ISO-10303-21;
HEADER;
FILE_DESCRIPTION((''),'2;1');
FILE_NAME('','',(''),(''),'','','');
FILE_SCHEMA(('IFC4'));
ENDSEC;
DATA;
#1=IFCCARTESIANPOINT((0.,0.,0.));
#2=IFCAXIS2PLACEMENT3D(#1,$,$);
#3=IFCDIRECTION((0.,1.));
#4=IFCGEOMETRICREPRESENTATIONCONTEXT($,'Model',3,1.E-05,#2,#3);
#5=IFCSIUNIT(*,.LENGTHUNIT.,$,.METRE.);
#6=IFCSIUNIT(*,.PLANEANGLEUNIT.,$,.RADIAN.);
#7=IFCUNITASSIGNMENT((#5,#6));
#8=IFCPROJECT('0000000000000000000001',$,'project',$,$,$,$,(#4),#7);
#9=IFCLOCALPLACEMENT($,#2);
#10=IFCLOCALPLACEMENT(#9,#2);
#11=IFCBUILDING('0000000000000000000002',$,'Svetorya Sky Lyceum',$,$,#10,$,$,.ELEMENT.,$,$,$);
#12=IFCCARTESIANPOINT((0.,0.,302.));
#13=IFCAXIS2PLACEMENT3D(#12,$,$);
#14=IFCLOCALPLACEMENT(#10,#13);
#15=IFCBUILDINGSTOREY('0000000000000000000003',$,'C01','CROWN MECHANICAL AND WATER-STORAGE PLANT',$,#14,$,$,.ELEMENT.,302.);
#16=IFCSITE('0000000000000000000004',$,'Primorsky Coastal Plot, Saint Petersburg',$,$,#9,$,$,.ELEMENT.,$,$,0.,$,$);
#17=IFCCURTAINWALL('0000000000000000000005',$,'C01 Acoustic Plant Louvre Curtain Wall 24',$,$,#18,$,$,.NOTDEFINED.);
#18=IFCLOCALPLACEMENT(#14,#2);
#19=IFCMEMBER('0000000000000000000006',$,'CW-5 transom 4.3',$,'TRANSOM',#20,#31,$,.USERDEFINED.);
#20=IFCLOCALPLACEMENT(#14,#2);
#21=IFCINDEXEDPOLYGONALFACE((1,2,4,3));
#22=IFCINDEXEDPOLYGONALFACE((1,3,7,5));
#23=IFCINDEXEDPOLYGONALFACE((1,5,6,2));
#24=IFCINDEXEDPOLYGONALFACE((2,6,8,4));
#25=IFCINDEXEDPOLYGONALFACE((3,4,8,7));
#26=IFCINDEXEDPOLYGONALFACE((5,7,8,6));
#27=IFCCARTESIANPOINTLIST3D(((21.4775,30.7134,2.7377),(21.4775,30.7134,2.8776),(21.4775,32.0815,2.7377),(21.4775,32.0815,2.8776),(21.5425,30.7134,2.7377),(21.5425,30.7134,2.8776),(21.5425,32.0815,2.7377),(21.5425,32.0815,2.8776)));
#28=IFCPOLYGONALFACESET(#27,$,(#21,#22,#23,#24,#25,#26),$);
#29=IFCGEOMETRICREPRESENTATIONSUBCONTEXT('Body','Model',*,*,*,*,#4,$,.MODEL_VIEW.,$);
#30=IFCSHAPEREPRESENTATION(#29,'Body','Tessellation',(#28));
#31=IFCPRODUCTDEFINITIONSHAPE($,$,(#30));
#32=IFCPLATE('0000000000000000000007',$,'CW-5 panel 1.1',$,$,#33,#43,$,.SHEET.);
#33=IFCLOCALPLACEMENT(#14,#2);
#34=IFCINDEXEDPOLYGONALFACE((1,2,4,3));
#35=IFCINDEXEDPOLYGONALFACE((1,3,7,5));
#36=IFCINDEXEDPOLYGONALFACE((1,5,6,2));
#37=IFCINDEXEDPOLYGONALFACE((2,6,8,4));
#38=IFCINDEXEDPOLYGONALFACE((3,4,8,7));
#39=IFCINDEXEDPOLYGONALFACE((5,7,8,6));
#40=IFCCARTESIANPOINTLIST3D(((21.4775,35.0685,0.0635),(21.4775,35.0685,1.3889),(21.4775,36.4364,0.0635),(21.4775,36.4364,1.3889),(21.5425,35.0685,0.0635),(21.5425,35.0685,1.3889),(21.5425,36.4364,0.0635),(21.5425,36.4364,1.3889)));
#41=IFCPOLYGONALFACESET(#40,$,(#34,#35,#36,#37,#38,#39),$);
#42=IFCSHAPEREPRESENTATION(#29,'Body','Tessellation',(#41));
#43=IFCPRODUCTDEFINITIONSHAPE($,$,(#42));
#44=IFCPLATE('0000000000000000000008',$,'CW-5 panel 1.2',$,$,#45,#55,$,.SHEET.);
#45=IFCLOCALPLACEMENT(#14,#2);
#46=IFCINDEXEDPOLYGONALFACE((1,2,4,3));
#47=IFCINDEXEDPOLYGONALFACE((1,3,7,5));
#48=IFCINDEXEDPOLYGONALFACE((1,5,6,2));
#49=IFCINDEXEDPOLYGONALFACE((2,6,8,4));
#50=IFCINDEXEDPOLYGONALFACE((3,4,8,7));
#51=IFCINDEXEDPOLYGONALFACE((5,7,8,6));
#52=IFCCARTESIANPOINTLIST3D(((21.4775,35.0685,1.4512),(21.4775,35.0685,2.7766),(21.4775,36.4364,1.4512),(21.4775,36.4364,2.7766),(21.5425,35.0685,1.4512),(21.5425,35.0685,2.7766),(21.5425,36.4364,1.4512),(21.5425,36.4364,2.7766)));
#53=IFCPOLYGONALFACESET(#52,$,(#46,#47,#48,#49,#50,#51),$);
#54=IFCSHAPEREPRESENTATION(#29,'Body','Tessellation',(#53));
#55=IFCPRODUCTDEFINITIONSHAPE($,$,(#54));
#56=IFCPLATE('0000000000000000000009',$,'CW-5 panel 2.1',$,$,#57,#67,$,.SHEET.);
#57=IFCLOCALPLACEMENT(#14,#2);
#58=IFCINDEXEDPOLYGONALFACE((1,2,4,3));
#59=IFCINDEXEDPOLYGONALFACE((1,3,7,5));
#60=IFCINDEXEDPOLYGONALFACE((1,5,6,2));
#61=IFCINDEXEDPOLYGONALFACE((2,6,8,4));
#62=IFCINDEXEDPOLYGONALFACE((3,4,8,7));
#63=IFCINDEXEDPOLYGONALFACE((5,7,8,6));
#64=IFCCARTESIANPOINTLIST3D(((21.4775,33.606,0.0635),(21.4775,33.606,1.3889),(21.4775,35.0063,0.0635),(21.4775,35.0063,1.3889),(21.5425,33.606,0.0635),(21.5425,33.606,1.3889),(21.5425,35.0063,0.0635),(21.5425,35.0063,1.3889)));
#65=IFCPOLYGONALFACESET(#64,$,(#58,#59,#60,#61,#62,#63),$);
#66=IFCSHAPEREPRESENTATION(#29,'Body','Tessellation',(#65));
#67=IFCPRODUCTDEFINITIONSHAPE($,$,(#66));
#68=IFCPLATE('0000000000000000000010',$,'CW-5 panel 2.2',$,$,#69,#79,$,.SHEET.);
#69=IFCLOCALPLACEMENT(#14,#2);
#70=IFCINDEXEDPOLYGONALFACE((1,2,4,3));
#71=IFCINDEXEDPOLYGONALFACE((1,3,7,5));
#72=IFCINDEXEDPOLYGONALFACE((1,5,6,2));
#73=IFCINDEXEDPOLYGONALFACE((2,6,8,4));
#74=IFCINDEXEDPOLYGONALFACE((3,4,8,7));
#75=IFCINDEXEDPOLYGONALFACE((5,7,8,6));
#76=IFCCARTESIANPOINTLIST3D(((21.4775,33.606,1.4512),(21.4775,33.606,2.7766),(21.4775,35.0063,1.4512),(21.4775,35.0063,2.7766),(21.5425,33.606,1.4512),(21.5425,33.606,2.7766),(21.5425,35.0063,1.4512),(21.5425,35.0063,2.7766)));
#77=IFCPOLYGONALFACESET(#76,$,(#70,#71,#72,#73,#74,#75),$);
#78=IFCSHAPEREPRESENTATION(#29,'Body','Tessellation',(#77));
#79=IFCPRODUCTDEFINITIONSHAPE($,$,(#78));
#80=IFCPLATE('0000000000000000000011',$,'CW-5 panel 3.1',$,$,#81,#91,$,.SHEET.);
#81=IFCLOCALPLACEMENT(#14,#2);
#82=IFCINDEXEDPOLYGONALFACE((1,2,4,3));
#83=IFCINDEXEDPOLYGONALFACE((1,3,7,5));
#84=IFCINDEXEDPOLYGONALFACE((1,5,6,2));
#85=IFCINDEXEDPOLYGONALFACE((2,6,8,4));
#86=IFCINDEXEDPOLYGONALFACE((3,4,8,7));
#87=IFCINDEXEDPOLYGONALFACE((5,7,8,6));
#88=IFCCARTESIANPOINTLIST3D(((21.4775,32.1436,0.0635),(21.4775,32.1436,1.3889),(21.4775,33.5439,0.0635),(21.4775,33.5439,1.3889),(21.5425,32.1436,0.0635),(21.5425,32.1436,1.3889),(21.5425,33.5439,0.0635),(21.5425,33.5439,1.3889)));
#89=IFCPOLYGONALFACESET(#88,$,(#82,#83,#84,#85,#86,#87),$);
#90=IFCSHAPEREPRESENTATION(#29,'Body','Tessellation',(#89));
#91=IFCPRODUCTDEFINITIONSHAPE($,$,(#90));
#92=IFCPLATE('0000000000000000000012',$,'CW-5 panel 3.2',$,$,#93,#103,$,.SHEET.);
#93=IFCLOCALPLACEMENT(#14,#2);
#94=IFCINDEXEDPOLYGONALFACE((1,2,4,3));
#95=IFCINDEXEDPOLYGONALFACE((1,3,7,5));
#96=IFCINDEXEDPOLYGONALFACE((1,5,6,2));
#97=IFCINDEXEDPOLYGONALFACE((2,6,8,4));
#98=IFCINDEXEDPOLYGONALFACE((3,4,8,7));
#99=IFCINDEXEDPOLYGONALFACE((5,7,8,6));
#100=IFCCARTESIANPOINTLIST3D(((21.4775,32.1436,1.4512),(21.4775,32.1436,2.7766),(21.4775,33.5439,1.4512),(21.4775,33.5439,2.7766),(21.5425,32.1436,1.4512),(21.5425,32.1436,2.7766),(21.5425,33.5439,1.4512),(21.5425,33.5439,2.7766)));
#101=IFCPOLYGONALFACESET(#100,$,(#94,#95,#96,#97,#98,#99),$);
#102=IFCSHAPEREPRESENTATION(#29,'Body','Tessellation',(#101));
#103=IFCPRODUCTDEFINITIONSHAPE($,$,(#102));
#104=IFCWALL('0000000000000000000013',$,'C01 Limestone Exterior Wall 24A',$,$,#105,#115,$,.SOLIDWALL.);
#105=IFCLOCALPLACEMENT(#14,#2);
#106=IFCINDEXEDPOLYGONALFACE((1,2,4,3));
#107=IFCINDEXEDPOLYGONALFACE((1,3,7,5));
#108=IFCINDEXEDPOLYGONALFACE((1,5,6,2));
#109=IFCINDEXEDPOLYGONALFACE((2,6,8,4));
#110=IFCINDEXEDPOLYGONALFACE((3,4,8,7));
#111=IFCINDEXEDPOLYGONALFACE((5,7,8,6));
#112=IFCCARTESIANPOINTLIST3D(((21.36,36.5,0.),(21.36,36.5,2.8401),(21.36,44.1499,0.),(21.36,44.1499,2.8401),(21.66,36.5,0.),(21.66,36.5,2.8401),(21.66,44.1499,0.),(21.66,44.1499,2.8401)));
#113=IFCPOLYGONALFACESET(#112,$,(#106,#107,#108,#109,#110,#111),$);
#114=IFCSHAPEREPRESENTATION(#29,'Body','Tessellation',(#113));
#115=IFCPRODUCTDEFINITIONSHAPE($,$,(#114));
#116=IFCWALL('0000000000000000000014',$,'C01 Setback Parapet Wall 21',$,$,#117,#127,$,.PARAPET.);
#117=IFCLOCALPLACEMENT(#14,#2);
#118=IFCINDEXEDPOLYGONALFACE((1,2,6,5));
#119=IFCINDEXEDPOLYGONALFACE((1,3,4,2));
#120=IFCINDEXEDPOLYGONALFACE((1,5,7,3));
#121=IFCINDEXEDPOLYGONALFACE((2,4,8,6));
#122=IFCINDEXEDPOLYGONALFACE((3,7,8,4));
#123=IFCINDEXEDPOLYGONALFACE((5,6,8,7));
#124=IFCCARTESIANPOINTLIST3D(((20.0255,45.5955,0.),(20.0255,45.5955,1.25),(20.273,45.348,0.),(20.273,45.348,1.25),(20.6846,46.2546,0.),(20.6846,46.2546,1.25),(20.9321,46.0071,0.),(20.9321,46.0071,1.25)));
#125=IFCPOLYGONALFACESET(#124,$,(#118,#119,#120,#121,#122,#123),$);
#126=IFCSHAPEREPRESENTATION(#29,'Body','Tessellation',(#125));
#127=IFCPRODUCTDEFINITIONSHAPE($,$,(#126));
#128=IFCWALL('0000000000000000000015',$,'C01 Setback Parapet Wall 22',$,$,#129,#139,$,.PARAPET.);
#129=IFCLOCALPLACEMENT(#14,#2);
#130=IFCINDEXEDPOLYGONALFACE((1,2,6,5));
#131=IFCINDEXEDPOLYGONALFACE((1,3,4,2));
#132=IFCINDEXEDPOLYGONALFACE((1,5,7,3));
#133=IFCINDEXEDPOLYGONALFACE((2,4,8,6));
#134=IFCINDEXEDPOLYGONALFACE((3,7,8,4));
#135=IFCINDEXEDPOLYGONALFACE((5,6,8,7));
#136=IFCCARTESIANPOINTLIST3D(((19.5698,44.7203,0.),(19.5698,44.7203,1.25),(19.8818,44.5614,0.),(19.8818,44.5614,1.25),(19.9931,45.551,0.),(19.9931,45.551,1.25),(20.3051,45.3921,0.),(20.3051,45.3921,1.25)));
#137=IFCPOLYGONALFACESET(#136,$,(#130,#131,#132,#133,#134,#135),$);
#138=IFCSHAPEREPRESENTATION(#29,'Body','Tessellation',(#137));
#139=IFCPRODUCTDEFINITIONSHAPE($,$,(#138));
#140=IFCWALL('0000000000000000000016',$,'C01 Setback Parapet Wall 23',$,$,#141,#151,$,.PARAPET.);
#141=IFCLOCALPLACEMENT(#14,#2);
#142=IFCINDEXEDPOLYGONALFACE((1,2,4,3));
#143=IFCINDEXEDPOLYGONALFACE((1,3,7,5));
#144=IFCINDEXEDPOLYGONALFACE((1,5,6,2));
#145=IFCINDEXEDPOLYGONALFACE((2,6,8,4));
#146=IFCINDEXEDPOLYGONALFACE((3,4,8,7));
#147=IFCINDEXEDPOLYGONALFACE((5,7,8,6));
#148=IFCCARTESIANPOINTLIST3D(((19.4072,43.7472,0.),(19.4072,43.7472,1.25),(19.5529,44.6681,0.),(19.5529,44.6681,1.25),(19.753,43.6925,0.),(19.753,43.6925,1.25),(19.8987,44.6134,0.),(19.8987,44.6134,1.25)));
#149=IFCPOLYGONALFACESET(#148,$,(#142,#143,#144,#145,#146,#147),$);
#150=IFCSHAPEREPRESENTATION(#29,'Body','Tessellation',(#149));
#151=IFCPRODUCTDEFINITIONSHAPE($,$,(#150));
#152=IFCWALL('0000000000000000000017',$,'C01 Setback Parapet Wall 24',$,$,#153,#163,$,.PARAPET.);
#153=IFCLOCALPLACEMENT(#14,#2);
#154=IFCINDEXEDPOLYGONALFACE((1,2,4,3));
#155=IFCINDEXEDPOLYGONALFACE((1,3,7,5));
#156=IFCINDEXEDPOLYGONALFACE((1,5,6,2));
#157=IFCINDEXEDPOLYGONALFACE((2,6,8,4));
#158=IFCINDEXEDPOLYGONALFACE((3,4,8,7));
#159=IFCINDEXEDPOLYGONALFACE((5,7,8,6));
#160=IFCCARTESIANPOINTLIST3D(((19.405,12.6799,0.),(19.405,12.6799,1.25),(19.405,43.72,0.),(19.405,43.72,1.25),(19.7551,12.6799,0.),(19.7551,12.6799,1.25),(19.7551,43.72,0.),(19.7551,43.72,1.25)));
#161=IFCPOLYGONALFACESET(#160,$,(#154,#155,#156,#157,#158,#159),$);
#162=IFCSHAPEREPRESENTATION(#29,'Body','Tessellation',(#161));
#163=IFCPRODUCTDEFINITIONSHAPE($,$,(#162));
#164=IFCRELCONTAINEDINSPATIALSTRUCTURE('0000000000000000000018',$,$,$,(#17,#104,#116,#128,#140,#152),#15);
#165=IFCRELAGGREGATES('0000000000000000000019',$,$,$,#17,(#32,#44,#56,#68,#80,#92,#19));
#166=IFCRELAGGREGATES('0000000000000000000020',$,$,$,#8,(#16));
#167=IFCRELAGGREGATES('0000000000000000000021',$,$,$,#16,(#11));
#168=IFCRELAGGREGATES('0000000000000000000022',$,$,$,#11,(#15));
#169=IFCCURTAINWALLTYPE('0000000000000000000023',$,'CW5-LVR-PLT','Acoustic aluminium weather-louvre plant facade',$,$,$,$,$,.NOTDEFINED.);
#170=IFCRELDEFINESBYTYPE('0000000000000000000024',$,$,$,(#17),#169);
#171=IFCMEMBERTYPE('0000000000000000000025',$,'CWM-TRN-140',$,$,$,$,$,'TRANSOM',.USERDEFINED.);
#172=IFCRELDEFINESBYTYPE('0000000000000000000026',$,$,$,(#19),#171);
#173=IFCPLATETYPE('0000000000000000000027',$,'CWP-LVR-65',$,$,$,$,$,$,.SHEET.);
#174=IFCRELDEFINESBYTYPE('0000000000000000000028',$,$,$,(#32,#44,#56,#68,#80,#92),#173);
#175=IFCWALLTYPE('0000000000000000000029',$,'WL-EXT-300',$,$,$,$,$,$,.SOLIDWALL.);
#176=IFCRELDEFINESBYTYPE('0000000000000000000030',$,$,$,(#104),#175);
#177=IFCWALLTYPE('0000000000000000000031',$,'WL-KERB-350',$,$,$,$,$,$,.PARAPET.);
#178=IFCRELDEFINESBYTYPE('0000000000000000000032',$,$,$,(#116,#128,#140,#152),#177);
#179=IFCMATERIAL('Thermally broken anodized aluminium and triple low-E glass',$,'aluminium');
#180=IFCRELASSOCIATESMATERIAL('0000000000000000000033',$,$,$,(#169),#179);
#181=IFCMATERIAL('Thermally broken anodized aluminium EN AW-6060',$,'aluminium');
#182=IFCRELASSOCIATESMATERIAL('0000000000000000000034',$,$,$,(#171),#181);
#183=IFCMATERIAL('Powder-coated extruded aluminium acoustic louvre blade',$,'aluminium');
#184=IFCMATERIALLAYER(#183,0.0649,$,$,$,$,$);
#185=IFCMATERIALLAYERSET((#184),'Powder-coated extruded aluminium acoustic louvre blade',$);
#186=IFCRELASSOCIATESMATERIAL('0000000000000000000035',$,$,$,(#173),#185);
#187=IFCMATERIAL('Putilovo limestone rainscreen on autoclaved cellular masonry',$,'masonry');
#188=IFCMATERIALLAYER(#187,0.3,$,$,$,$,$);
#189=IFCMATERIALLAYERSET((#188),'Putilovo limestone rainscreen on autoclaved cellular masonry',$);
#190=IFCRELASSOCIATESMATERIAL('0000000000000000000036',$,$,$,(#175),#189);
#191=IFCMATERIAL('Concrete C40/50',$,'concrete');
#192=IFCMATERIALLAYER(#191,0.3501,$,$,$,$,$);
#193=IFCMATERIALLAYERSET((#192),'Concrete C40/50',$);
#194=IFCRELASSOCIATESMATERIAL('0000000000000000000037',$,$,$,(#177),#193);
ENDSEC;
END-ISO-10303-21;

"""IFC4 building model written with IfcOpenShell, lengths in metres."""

from ifc_helpers import new_model, si_unit, direction, frame, frame_2d, origin, origin_2d, place, context, subcontext, project, spatial, rectangle, extrude, material, layer, layer_set, material_profile, profile_set, type_object, element, aggregate, save


model = new_model("IFC4")

# Units and contexts
model_context = context("Model", 3, precision=1e-05, world=origin(), true_north=direction((0.0, 1.0)))
body_context = subcontext(model_context, "Body", "Model", "MODEL_VIEW")
ifc_project = project(units=[si_unit("LENGTHUNIT", "METRE"), si_unit("PLANEANGLEUNIT", "RADIAN")], contexts=[model_context])

# Site, building, storey
site_placement = place(None, origin())
site = spatial("IfcSite", under=ifc_project, at=site_placement, Name="Primorsky Coastal Plot, Saint Petersburg", CompositionType="ELEMENT", RefElevation=0.0)
building_placement = place(site_placement, origin())
building = spatial("IfcBuilding", under=site, at=building_placement, Name="Svetorya Sky Lyceum", CompositionType="ELEMENT")
storey_placement = place(building_placement, frame((0.0, 0.0, 302.0)))
storey = spatial("IfcBuildingStorey", under=building, at=storey_placement, Name="C01", Description="CROWN MECHANICAL AND WATER-STORAGE PLANT", CompositionType="ELEMENT", Elevation=302.0)

# Curtain wall, member, plates
ifc_material_1 = material(Name="Thermally broken anodized aluminium and triple low-E glass", Category="aluminium")
curtain_wall_type = type_object("IfcCurtainWallType", Name="CW5-LVR-PLT", Description="Acoustic aluminium weather-louvre plant facade", PredefinedType="NOTDEFINED", material=ifc_material_1)
curtain_wall_placement = place(storey_placement, origin())
curtain_wall = element("IfcCurtainWall", 1, at=curtain_wall_placement, inside=storey, type_object=curtain_wall_type, Name="C01 Acoustic Plant Louvre Curtain Wall 24", PredefinedType="NOTDEFINED")
ifc_material_2 = material(Name="Thermally broken anodized aluminium EN AW-6060", Category="aluminium")
ifc_material_profile_1 = material_profile(ifc_material_2, rectangle(XDim=0.0649, YDim=0.1399, at=origin_2d()), Name="ALU TRANSOM 65x140")
ifc_profile_set_1 = profile_set([ifc_material_profile_1], Name="Thermally broken anodized aluminium EN AW-6060")
member_type_1 = type_object("IfcMemberType", Name="CWM-TRN-140", ElementType="TRANSOM", PredefinedType="USERDEFINED", material=ifc_profile_set_1)
member_1_placement = place(storey_placement, frame((21.51, 32.0815, 2.8076), z_axis=(0.0, -1.0, 0.0), x_axis=(1.0, 0.0, 0.0)))
member_1 = element("IfcMember", 2, at=member_1_placement, type_object=member_type_1, Name="CW-5 transom 4.3", ObjectType="TRANSOM", PredefinedType="USERDEFINED", context=body_context, shape_type="SweptSolid", body=[
    extrude(rectangle(XDim=0.0649, YDim=0.1399, at=origin_2d()), origin(), (0.0, 0.0, 1.0), 1.3682),
])
ifc_material_3 = material(Name="Powder-coated extruded aluminium acoustic louvre blade", Category="aluminium")
ifc_layer_1 = layer(ifc_material_3, 0.0649)
ifc_layer_set_1 = layer_set([ifc_layer_1], Name="Powder-coated extruded aluminium acoustic louvre blade")
plate_type = type_object("IfcPlateType", Name="CWP-LVR-65", PredefinedType="SHEET", material=ifc_layer_set_1)
plate_1_placement = place(storey_placement, frame((21.51, 35.7524, 0.0635), z_axis=(0.0, 0.0, 1.0), x_axis=(0.0, -1.0, 0.0)))
plate_1 = element("IfcPlate", 3, at=plate_1_placement, type_object=plate_type, Name="CW-5 panel 1.1", PredefinedType="SHEET", context=body_context, shape_type="SweptSolid", body=[
    extrude(rectangle(XDim=1.3679, YDim=0.0649, at=origin_2d()), origin(), (0.0, 0.0, 1.0), 1.3254),
])
plate_2_placement = place(storey_placement, frame((21.51, 35.7524, 1.4512), z_axis=(0.0, 0.0, 1.0), x_axis=(0.0, -1.0, 0.0)))
plate_2 = element("IfcPlate", 4, at=plate_2_placement, type_object=plate_type, Name="CW-5 panel 1.2", PredefinedType="SHEET", context=body_context, shape_type="SweptSolid", body=[
    extrude(rectangle(XDim=1.3679, YDim=0.0649, at=origin_2d()), origin(), (0.0, 0.0, 1.0), 1.3254),
])
plate_3_placement = place(storey_placement, frame((21.51, 34.3062, 0.0635), z_axis=(0.0, 0.0, 1.0), x_axis=(0.0, -1.0, 0.0)))
plate_3 = element("IfcPlate", 5, at=plate_3_placement, type_object=plate_type, Name="CW-5 panel 2.1", PredefinedType="SHEET", context=body_context, shape_type="SweptSolid", body=[
    extrude(rectangle(XDim=1.4004, YDim=0.0649, at=origin_2d()), origin(), (0.0, 0.0, 1.0), 1.3254),
])
plate_4_placement = place(storey_placement, frame((21.51, 34.3062, 1.4512), z_axis=(0.0, 0.0, 1.0), x_axis=(0.0, -1.0, 0.0)))
plate_4 = element("IfcPlate", 6, at=plate_4_placement, type_object=plate_type, Name="CW-5 panel 2.2", PredefinedType="SHEET", context=body_context, shape_type="SweptSolid", body=[
    extrude(rectangle(XDim=1.4004, YDim=0.0649, at=origin_2d()), origin(), (0.0, 0.0, 1.0), 1.3254),
])
plate_5_placement = place(storey_placement, frame((21.51, 32.8438, 0.0635), z_axis=(0.0, 0.0, 1.0), x_axis=(0.0, -1.0, 0.0)))
plate_5 = element("IfcPlate", 7, at=plate_5_placement, type_object=plate_type, Name="CW-5 panel 3.1", PredefinedType="SHEET", context=body_context, shape_type="SweptSolid", body=[
    extrude(rectangle(XDim=1.4004, YDim=0.0649, at=origin_2d()), origin(), (0.0, 0.0, 1.0), 1.3254),
])
plate_6_placement = place(storey_placement, frame((21.51, 32.8438, 1.4512), z_axis=(0.0, 0.0, 1.0), x_axis=(0.0, -1.0, 0.0)))
plate_6 = element("IfcPlate", 8, at=plate_6_placement, type_object=plate_type, Name="CW-5 panel 3.2", PredefinedType="SHEET", context=body_context, shape_type="SweptSolid", body=[
    extrude(rectangle(XDim=1.4004, YDim=0.0649, at=origin_2d()), origin(), (0.0, 0.0, 1.0), 1.3254),
])
aggregate(curtain_wall, [plate_1, plate_2, plate_3, plate_4, plate_5, plate_6, member_1])

# Walls
ifc_material_4 = material(Name="Putilovo limestone rainscreen on autoclaved cellular masonry", Category="masonry")
ifc_layer_2 = layer(ifc_material_4, 0.3)
ifc_layer_set_2 = layer_set([ifc_layer_2], Name="Putilovo limestone rainscreen on autoclaved cellular masonry")
wall_type_1 = type_object("IfcWallType", Name="WL-EXT-300", PredefinedType="SOLIDWALL", material=ifc_layer_set_2)
wall_1_placement = place(storey_placement, frame((21.51, 44.1499, 0.0), z_axis=(0.0, 0.0, 1.0), x_axis=(0.0, -1.0, 0.0)))
element("IfcWall", 9, at=wall_1_placement, inside=storey, type_object=wall_type_1, Name="C01 Limestone Exterior Wall 24A", PredefinedType="SOLIDWALL", context=body_context, shape_type="SweptSolid", body=[
    extrude(rectangle(XDim=7.6499, YDim=0.3, at=frame_2d((3.825, 0.0))), origin(), (0.0, 0.0, 1.0), 2.8401),
])
ifc_material_5 = material(Name="Concrete C40/50", Category="concrete")
ifc_layer_3 = layer(ifc_material_5, 0.3501)
ifc_layer_set_3 = layer_set([ifc_layer_3], Name="Concrete C40/50")
wall_type_2 = type_object("IfcWallType", Name="WL-KERB-350", PredefinedType="PARAPET", material=ifc_layer_set_3)
wall_2_placement = place(storey_placement, frame((20.8083, 46.1309, 0.0), z_axis=(0.0, 0.0, 1.0), x_axis=(-0.707107, -0.707107, 0.0)))
element("IfcWall", 10, at=wall_2_placement, inside=storey, type_object=wall_type_2, Name="C01 Setback Parapet Wall 21", PredefinedType="PARAPET", context=body_context, shape_type="SweptSolid", body=[
    extrude(rectangle(XDim=0.9321, YDim=0.3501, at=frame_2d((0.4661, 0.0))), origin(), (0.0, 0.0, 1.0), 1.25),
])
for number, where, z_axis, x_axis, name in (
    (11, (20.1492, 45.4717, 0.0), (0.0, 0.0, 1.0), (-0.454008, -0.890998, 0.0), "C01 Setback Parapet Wall 22"),
    (12, (19.7258, 44.6409, 0.0), (0.0, 0.0, 1.0), (-0.156326, -0.987706, 0.0), "C01 Setback Parapet Wall 23"),
):
    element("IfcWall", number, at=place(storey_placement, frame(where, z_axis=z_axis, x_axis=x_axis)), inside=storey, type_object=wall_type_2, Name=name, PredefinedType="PARAPET", context=body_context, shape_type="SweptSolid", body=[
        extrude(rectangle(XDim=0.9324, YDim=0.3501, at=frame_2d((0.4663, 0.0))), origin(), (0.0, 0.0, 1.0), 1.25),
    ])
wall_3_placement = place(storey_placement, frame((19.5801, 43.72, 0.0), z_axis=(0.0, 0.0, 1.0), x_axis=(0.0, -1.0, 0.0)))
element("IfcWall", 13, at=wall_3_placement, inside=storey, type_object=wall_type_2, Name="C01 Setback Parapet Wall 24", PredefinedType="PARAPET", context=body_context, shape_type="SweptSolid", body=[
    extrude(rectangle(XDim=31.04, YDim=0.3501, at=frame_2d((15.52, 0.0))), origin(), (0.0, 0.0, 1.0), 1.25),
])

save(model, "model.ifc")
